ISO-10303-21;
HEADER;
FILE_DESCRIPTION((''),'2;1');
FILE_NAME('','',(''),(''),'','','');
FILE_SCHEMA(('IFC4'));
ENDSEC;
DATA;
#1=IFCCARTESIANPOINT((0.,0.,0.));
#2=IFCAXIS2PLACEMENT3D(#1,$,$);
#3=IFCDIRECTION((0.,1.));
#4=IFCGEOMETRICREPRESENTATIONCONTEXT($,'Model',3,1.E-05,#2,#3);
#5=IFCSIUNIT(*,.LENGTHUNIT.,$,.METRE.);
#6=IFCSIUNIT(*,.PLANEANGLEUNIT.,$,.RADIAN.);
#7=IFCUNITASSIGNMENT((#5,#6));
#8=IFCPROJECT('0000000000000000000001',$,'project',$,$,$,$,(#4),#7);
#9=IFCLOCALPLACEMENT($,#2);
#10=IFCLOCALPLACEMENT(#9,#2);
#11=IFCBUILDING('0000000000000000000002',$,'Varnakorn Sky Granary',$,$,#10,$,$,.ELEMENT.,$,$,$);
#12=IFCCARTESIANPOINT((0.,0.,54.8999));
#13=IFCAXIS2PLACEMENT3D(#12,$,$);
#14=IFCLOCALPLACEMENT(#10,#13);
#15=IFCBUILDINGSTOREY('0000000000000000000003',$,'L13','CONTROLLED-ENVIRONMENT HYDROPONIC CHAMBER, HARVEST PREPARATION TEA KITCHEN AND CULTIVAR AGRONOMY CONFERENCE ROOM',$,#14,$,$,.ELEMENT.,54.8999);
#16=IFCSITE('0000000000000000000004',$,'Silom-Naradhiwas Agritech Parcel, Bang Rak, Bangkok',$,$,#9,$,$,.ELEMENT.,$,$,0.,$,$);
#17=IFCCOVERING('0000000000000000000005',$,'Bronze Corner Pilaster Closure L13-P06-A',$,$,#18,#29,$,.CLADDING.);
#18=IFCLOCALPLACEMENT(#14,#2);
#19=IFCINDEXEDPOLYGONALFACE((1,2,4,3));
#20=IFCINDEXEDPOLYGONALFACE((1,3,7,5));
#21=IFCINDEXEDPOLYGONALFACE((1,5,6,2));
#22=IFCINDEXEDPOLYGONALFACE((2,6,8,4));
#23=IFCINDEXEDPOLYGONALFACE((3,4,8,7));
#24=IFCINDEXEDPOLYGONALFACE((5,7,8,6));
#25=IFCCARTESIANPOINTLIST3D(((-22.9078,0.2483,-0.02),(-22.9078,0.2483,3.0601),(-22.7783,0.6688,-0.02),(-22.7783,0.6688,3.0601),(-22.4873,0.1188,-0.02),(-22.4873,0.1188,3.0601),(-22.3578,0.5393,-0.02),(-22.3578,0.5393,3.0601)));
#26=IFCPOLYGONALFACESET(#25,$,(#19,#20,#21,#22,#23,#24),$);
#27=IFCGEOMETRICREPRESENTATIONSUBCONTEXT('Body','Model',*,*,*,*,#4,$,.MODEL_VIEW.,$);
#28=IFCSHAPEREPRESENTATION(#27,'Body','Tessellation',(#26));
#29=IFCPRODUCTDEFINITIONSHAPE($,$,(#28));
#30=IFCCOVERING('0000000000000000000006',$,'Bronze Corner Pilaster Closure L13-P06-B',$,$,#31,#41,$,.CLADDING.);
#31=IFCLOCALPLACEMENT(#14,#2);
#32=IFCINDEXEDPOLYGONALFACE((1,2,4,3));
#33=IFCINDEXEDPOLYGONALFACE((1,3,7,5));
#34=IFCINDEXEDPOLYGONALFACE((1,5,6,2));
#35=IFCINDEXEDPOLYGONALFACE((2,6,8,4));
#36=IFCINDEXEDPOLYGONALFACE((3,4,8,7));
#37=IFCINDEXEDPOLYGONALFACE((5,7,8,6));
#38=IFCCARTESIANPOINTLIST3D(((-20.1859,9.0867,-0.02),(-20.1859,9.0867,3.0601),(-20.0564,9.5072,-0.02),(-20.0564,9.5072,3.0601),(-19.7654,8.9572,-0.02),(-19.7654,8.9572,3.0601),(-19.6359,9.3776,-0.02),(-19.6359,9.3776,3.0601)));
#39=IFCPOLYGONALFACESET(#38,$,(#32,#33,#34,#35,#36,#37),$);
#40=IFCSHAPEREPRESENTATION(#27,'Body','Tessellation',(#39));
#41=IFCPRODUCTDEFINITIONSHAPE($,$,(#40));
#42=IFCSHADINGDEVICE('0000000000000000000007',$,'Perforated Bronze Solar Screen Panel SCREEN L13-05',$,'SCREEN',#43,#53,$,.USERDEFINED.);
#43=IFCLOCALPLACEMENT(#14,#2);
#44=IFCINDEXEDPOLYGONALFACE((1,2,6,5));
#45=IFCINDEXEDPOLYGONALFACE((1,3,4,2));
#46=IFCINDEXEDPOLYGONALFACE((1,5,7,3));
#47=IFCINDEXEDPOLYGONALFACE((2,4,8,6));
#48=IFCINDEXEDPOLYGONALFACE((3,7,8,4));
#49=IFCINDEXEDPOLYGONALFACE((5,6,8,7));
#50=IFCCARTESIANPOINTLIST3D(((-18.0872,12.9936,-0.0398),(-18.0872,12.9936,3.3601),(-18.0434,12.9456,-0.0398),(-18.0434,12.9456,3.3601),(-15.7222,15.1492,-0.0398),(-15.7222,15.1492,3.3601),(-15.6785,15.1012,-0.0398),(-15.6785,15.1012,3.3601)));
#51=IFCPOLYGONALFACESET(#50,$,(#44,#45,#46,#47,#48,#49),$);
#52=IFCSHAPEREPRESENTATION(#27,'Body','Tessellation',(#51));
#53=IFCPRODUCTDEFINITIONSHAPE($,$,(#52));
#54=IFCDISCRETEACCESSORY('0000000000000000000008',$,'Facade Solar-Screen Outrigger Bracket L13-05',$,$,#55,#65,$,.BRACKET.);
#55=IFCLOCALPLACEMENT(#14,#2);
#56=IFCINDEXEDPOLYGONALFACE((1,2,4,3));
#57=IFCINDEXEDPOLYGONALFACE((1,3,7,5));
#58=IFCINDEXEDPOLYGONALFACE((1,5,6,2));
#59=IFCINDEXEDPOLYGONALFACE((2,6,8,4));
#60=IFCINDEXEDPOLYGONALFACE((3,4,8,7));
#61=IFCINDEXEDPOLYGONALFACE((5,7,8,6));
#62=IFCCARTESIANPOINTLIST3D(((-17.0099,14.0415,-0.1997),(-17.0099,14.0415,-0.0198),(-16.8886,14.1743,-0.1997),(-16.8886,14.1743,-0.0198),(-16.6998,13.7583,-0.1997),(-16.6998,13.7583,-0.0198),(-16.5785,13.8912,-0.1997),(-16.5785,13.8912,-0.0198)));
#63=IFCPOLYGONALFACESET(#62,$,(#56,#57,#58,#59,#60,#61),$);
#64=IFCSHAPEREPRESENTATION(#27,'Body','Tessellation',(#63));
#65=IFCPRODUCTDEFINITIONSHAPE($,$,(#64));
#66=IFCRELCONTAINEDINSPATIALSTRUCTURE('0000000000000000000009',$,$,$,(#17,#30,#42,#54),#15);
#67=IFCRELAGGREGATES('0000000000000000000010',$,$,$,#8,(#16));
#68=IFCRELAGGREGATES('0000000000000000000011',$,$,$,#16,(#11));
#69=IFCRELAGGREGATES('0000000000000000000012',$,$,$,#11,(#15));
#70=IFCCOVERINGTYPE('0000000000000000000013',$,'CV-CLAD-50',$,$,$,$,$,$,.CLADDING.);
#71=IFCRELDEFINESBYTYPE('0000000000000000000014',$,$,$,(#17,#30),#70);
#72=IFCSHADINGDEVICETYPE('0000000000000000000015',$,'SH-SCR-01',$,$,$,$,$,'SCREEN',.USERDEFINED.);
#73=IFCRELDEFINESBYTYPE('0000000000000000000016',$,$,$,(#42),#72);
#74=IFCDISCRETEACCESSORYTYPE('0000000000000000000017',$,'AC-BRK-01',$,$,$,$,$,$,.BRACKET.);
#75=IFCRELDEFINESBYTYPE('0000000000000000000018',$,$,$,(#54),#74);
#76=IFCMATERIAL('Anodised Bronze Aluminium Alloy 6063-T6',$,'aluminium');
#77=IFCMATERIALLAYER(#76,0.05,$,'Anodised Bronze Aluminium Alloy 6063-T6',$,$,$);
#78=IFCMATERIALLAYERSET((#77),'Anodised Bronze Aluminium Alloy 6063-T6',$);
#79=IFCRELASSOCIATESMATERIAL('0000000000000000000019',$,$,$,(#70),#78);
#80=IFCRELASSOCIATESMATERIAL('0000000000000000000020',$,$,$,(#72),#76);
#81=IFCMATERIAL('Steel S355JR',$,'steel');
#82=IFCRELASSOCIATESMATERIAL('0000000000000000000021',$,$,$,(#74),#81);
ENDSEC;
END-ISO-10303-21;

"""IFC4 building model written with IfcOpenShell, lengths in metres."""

from ifc_helpers import new_model, si_unit, direction, frame, origin, origin_2d, place, context, subcontext, project, spatial, rectangle, extrude, source, transform, mapped, material, layer, layer_set, type_object, type_shapes, element, save


model = new_model("IFC4")

# Units and contexts
model_context = context("Model", 3, precision=1e-05, world=origin(), true_north=direction((0.0, 1.0)))
body_context = subcontext(model_context, "Body", "Model", "MODEL_VIEW")
ifc_project = project(units=[si_unit("LENGTHUNIT", "METRE"), si_unit("PLANEANGLEUNIT", "RADIAN")], contexts=[model_context])

# Site, building, storey
site_placement = place(None, origin())
site = spatial("IfcSite", under=ifc_project, at=site_placement, Name="Silom-Naradhiwas Agritech Parcel, Bang Rak, Bangkok", CompositionType="ELEMENT", RefElevation=0.0)
building_placement = place(site_placement, origin())
building = spatial("IfcBuilding", under=site, at=building_placement, Name="Varnakorn Sky Granary", CompositionType="ELEMENT")
storey_placement = place(building_placement, frame((0.0, 0.0, 54.8999)))
storey = spatial("IfcBuildingStorey", under=building, at=storey_placement, Name="L13", Description="CONTROLLED-ENVIRONMENT HYDROPONIC CHAMBER, HARVEST PREPARATION TEA KITCHEN AND CULTIVAR AGRONOMY CONFERENCE ROOM", CompositionType="ELEMENT", Elevation=54.8999)

# Shared definitions
ifc_material_1 = material(Name="Steel S355JR", Category="steel")

# Shared definitions
ifc_material_2 = material(Name="Anodised Bronze Aluminium Alloy 6063-T6", Category="aluminium")

# Coverings
ifc_layer_1 = layer(ifc_material_2, 0.05, Name="Anodised Bronze Aluminium Alloy 6063-T6")
ifc_layer_set_1 = layer_set([ifc_layer_1], Name="Anodised Bronze Aluminium Alloy 6063-T6")
covering_type = type_object("IfcCoveringType", Name="CV-CLAD-50", PredefinedType="CLADDING", material=ifc_layer_set_1)
shared_shape_1 = source(origin(), body_context, "Body", "SweptSolid", [
    extrude(rectangle(XDim=0.4399, YDim=0.4399, at=origin_2d()), origin(), (0.0, 0.0, 1.0), 3.0801),
])
type_shapes(covering_type, [shared_shape_1])
for number, where, z_axis, x_axis, name in (
    (1, (-22.6328, 0.3938, -0.02), (0.0, 0.0, 1.0), (0.294374, 0.95569, 0.0), "Bronze Corner Pilaster Closure L13-P06-A"),
    (2, (-19.9109, 9.2322, -0.02), (0.0, 0.0, 1.0), (0.294374, 0.95569, 0.0), "Bronze Corner Pilaster Closure L13-P06-B"),
):
    element("IfcCovering", number, at=place(storey_placement, frame(where, z_axis=z_axis, x_axis=x_axis)), inside=storey, type_object=covering_type, Name=name, PredefinedType="CLADDING", context=body_context, shape_type="MappedRepresentation", body=[
        mapped(shared_shape_1, transform((0.0, 0.0, 0.0), x_axis=(1.0, 0.0, 0.0), y_axis=(0.0, 1.0, 0.0), z_axis=(0.0, 0.0, 1.0), scale=1.0)),
    ])

# Shading device
shading_device_type = type_object("IfcShadingDeviceType", Name="SH-SCR-01", ElementType="SCREEN", PredefinedType="USERDEFINED", material=ifc_material_2)
shared_shape_2 = source(origin(), body_context, "Body", "SweptSolid", [
    extrude(rectangle(XDim=3.2, YDim=0.0649, at=origin_2d()), origin(), (0.0, 0.0, 1.0), 3.3999),
])
type_shapes(shading_device_type, [shared_shape_2])
shading_device_placement = place(storey_placement, frame((-16.8828, 14.0474, -0.0398), z_axis=(0.0, 0.0, 1.0), x_axis=(-0.739065, -0.673634, 0.0)))
element("IfcShadingDevice", 3, at=shading_device_placement, inside=storey, type_object=shading_device_type, Name="Perforated Bronze Solar Screen Panel SCREEN L13-05", ObjectType="SCREEN", PredefinedType="USERDEFINED", context=body_context, shape_type="MappedRepresentation", body=[
    mapped(shared_shape_2, transform((0.0, 0.0, 0.0), x_axis=(1.0, 0.0, 0.0), y_axis=(0.0, 1.0, 0.0), z_axis=(0.0, 0.0, 1.0), scale=1.0)),
])

# Discrete accessory
discrete_accessory_type = type_object("IfcDiscreteAccessoryType", Name="AC-BRK-01", PredefinedType="BRACKET", material=ifc_material_1)
shared_shape_3 = source(origin(), body_context, "Body", "SweptSolid", [
    extrude(rectangle(XDim=0.1799, YDim=0.4199, at=origin_2d()), origin(), (0.0, 0.0, 1.0), 0.1799),
])
type_shapes(discrete_accessory_type, [shared_shape_3])
discrete_accessory_placement = place(storey_placement, frame((-16.7942, 13.9663, -0.1997), z_axis=(0.0, 0.0, 1.0), x_axis=(-0.674326, -0.738434, 0.0)))
element("IfcDiscreteAccessory", 4, at=discrete_accessory_placement, inside=storey, type_object=discrete_accessory_type, Name="Facade Solar-Screen Outrigger Bracket L13-05", PredefinedType="BRACKET", context=body_context, shape_type="MappedRepresentation", body=[
    mapped(shared_shape_3, transform((0.0, 0.0, 0.0), x_axis=(1.0, 0.0, 0.0), y_axis=(0.0, 1.0, 0.0), z_axis=(0.0, 0.0, 1.0), scale=1.0)),
])

save(model, "model.ifc")
